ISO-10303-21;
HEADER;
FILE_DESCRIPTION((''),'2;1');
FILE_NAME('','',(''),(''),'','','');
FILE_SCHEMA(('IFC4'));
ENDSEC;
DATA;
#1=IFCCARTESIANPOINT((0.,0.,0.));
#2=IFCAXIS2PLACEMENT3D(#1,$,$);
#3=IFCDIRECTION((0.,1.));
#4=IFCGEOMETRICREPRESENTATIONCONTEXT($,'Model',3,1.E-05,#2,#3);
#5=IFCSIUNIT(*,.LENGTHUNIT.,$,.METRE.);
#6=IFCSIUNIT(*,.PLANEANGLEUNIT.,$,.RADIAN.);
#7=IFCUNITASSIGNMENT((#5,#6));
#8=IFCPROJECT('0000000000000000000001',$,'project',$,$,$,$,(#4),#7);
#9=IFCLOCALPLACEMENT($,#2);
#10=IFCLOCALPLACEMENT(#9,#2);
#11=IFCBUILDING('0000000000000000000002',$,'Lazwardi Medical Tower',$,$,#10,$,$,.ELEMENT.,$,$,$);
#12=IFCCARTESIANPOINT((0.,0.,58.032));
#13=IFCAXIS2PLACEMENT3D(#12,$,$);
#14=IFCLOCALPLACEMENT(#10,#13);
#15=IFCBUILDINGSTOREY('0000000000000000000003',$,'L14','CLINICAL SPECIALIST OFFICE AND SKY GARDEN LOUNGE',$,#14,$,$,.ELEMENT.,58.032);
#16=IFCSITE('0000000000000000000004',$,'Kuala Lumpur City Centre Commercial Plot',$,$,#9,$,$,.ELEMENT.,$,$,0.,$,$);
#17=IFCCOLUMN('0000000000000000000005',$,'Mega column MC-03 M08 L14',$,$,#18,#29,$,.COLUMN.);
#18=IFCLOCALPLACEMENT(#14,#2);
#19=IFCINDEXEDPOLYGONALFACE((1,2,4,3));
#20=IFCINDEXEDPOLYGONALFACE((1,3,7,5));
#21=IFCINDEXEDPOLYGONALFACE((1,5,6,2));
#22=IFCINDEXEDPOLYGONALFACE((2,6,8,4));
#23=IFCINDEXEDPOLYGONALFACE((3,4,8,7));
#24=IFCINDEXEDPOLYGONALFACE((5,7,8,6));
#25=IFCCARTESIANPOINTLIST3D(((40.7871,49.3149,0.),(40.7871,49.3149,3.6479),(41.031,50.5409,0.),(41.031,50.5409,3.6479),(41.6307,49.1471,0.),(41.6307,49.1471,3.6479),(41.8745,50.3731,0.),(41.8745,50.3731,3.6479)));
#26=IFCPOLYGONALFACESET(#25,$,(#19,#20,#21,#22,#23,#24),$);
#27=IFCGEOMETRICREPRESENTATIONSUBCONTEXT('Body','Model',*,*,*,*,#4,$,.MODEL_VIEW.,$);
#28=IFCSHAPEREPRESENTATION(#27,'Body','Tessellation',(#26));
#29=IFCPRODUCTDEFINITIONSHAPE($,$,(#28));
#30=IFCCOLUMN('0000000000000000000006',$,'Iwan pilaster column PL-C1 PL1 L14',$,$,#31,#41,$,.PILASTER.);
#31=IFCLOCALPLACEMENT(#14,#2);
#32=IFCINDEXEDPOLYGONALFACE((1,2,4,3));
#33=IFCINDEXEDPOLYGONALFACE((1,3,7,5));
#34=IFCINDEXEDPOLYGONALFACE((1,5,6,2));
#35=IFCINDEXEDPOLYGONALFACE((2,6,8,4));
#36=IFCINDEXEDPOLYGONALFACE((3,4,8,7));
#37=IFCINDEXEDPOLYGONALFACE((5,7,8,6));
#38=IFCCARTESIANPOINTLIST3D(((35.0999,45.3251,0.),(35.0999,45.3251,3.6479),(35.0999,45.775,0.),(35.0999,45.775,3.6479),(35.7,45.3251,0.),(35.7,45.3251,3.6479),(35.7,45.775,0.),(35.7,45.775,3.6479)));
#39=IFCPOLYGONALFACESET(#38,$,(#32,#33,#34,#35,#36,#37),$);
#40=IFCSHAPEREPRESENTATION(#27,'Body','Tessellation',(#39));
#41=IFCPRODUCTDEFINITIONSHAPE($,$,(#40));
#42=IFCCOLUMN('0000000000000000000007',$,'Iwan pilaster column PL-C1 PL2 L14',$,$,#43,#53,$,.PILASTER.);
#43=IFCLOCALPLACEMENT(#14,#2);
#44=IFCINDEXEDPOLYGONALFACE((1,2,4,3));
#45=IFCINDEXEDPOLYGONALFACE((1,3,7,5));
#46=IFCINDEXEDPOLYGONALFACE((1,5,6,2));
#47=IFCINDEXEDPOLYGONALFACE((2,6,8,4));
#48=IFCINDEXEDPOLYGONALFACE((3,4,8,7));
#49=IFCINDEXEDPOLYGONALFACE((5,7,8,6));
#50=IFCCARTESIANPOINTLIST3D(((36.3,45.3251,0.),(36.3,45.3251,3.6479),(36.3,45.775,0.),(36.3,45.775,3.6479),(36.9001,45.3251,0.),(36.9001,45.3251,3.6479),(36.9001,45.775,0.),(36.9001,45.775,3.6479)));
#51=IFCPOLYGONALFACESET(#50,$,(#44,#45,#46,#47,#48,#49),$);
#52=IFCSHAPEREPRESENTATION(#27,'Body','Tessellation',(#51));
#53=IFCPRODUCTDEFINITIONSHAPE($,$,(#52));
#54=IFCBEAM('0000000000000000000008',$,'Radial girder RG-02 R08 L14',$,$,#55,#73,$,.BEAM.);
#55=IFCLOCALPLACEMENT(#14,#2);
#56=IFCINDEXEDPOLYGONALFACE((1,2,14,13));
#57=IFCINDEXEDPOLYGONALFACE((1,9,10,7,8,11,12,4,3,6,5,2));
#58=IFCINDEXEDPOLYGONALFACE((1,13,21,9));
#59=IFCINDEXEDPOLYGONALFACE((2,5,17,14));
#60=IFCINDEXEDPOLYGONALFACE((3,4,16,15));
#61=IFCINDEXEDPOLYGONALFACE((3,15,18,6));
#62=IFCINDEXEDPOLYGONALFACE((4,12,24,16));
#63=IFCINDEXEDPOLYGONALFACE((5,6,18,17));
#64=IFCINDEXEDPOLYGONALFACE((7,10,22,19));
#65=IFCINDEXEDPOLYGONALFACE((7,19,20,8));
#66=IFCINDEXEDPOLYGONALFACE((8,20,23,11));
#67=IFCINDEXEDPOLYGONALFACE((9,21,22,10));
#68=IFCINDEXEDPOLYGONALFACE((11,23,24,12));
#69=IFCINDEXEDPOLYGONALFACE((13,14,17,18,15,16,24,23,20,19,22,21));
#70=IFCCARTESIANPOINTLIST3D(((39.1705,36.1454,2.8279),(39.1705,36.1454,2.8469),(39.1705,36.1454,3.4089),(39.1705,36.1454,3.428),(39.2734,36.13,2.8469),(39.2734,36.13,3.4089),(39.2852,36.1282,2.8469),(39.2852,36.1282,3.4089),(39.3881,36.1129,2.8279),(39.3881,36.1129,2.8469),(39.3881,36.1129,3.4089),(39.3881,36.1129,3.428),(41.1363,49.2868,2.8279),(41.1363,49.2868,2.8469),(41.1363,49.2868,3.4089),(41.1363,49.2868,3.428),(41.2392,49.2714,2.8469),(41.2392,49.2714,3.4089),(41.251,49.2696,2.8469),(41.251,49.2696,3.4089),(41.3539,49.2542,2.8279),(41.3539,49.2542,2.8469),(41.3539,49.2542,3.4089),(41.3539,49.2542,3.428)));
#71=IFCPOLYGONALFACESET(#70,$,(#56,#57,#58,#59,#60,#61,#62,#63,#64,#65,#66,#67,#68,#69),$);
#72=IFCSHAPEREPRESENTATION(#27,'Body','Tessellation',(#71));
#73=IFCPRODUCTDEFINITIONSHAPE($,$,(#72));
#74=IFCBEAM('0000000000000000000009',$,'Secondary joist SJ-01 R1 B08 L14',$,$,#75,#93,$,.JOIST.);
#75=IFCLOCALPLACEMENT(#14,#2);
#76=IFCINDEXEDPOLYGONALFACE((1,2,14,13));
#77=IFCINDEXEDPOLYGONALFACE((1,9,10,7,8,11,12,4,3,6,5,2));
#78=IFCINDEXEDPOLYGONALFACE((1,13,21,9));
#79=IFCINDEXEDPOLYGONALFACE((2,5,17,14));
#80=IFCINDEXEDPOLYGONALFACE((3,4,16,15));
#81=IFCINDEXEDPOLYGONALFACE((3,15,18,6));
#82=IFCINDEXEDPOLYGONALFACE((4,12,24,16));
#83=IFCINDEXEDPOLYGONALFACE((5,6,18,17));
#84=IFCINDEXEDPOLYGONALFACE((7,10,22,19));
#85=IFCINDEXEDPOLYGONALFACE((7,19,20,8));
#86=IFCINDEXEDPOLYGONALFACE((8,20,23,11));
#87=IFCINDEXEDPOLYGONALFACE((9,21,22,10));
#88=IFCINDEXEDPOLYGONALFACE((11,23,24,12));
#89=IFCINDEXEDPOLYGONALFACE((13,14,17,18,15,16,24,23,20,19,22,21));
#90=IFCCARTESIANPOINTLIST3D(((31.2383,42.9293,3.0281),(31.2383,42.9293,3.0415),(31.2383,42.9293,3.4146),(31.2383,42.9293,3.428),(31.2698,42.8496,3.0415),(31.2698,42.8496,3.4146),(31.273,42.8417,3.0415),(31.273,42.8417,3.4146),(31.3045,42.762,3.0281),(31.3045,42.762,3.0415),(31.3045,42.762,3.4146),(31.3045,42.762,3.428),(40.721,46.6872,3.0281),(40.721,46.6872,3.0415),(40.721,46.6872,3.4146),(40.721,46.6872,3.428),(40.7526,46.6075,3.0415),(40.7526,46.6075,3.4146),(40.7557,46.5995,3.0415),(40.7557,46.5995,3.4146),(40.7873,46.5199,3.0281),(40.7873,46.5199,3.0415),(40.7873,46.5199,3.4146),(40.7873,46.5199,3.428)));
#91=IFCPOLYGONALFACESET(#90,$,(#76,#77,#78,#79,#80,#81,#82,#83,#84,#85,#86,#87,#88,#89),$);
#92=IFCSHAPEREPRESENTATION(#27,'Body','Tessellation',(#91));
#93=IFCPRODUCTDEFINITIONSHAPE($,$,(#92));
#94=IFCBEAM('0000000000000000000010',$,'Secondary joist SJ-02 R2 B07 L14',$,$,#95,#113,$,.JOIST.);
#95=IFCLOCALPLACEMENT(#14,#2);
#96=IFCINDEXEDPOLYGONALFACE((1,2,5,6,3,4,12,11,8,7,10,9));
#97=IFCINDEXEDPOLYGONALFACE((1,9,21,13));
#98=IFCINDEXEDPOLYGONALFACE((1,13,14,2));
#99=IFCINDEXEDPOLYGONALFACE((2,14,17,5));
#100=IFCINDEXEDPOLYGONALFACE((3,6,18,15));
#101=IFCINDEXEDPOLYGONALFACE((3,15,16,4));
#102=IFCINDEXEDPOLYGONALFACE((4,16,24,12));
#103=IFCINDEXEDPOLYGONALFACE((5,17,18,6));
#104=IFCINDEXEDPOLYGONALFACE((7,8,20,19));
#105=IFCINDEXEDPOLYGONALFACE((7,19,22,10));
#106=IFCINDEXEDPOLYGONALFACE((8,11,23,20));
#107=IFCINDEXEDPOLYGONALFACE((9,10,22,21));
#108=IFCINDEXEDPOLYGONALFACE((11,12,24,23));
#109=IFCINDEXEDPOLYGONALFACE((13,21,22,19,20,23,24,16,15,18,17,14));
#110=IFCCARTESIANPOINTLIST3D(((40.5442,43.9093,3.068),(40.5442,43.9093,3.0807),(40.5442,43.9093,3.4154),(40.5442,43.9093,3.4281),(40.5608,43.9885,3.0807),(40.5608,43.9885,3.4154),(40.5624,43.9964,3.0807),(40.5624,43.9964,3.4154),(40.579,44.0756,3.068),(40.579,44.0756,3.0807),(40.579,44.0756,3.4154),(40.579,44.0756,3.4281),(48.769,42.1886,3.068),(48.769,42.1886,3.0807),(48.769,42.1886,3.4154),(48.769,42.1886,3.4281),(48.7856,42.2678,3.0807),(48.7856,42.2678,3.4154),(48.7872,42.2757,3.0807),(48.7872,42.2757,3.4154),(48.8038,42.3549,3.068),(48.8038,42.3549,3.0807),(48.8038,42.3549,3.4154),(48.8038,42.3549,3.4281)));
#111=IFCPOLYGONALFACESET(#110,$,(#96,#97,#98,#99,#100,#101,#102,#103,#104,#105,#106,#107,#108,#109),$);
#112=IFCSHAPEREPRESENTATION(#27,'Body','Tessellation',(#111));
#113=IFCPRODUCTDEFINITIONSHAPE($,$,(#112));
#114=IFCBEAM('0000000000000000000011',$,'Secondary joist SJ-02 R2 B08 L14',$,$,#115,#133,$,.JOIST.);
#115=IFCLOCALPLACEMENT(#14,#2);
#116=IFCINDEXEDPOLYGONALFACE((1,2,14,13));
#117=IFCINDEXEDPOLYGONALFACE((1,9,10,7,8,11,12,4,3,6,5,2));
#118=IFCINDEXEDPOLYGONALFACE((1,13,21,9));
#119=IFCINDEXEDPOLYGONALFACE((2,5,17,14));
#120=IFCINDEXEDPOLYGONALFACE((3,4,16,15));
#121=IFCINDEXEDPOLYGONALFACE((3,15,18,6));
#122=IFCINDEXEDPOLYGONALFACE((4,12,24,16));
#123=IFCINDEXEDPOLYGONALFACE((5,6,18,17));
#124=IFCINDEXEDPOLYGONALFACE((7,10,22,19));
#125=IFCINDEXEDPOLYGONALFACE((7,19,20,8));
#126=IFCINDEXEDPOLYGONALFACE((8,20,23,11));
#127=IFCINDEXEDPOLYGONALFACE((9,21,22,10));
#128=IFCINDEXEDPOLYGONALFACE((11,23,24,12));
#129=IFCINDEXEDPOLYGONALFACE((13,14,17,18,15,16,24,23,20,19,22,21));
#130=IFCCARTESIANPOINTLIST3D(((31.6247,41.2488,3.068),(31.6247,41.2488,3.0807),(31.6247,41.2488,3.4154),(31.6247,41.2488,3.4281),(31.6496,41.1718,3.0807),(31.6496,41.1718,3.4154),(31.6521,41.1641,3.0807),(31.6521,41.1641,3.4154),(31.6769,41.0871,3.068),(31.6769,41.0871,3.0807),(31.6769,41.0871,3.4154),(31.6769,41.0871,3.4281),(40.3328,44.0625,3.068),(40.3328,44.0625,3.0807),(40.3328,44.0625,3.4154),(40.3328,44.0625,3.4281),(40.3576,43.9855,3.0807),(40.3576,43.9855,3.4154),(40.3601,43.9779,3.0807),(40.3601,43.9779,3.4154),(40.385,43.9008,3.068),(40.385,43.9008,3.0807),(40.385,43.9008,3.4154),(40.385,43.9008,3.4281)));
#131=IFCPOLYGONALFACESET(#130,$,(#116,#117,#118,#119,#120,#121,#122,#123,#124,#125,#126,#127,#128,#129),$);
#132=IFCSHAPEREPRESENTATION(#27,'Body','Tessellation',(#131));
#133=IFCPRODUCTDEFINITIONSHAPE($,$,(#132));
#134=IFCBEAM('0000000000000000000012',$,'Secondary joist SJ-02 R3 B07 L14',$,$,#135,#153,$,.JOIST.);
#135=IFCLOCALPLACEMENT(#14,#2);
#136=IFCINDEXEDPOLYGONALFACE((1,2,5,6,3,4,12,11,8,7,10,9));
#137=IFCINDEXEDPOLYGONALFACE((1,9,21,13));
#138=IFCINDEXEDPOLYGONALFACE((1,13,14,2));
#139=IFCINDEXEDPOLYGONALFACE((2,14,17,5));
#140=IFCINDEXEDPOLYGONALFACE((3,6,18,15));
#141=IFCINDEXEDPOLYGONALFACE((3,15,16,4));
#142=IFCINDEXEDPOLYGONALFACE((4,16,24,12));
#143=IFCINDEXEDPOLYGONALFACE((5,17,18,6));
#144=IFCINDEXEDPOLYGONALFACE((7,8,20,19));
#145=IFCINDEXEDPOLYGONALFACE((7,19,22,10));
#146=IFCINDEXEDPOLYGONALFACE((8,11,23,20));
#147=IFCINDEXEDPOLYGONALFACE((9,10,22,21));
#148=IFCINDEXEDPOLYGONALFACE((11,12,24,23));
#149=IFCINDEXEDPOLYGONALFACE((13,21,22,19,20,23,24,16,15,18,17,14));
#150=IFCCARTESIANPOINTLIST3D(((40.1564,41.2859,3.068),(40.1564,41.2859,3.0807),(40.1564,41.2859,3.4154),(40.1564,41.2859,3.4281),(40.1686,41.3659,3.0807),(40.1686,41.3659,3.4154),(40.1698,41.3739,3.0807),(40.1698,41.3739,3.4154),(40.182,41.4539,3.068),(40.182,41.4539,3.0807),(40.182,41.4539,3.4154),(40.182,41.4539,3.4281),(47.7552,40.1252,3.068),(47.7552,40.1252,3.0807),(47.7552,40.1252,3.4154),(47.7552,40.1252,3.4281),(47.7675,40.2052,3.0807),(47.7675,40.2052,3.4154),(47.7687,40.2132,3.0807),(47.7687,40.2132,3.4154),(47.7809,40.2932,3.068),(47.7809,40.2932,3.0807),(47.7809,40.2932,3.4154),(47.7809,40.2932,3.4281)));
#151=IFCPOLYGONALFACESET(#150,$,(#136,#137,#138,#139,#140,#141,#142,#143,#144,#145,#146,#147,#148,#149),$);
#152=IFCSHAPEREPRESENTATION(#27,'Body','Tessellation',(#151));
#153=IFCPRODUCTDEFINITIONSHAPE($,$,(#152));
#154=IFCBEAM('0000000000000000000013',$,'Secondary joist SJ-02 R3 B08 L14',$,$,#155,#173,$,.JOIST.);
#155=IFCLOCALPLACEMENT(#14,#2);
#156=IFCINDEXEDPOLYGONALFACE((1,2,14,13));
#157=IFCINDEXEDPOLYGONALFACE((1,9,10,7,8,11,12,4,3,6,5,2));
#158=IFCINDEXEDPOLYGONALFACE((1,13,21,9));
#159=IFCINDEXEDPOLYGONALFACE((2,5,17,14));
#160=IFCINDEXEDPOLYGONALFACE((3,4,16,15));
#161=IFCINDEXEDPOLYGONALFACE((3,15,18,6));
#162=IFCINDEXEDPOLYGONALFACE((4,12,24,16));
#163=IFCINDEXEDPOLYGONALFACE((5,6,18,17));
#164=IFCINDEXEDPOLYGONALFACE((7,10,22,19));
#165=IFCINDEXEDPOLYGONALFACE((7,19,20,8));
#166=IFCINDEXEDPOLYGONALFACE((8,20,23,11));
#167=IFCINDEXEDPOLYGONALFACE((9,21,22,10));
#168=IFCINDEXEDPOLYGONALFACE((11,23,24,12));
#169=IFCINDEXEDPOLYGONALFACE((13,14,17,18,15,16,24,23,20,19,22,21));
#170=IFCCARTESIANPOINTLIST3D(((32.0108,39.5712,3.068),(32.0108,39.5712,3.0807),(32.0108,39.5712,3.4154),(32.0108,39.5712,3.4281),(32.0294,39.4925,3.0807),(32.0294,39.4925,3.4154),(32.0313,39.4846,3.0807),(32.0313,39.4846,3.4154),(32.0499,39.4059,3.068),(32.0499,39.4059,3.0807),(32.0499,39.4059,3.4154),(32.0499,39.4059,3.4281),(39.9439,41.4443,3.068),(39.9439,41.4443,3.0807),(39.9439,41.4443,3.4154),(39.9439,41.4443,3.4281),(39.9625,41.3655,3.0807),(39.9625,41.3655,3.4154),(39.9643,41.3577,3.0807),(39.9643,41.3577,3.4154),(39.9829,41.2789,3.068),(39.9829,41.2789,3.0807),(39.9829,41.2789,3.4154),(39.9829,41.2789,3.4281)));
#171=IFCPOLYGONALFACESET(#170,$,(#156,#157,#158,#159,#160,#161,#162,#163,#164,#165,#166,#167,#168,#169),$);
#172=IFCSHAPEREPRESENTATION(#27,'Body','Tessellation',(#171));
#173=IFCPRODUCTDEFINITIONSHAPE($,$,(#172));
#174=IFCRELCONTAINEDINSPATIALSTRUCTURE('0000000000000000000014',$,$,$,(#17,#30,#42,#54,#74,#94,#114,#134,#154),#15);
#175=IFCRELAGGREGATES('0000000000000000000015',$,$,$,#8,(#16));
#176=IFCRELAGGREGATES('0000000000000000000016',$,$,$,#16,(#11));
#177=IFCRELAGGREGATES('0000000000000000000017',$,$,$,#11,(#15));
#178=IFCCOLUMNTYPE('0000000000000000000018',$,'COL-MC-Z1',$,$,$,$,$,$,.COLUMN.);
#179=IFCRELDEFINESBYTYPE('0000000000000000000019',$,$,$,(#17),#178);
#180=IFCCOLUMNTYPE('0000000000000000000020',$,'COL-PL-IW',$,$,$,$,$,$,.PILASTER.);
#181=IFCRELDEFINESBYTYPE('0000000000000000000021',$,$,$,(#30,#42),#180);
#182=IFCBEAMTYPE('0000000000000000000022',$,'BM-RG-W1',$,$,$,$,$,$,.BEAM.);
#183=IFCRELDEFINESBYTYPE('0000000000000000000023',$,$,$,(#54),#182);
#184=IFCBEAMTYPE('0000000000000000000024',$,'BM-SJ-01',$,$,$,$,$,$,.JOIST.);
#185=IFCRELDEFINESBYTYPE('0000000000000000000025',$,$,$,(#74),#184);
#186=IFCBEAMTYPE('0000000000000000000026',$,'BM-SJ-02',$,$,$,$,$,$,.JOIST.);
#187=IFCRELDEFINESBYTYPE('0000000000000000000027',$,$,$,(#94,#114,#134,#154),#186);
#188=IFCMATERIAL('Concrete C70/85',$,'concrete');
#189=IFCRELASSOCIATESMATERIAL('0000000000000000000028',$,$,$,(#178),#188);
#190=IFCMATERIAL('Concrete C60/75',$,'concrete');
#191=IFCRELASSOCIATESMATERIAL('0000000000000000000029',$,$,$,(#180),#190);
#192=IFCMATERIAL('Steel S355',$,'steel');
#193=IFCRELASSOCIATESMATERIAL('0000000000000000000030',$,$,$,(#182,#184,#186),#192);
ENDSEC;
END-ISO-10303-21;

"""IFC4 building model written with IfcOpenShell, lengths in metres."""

from ifc_helpers import new_model, si_unit, direction, frame, origin, origin_2d, place, context, subcontext, project, spatial, rectangle, i_section, extrude, material, material_profile, profile_set, type_object, element, save


model = new_model("IFC4")

# Units and contexts
model_context = context("Model", 3, precision=1e-05, world=origin(), true_north=direction((0.0, 1.0)))
body_context = subcontext(model_context, "Body", "Model", "MODEL_VIEW")
ifc_project = project(units=[si_unit("LENGTHUNIT", "METRE"), si_unit("PLANEANGLEUNIT", "RADIAN")], contexts=[model_context])

# Site, building, storey
site_placement = place(None, origin())
site = spatial("IfcSite", under=ifc_project, at=site_placement, Name="Kuala Lumpur City Centre Commercial Plot", CompositionType="ELEMENT", RefElevation=0.0)
building_placement = place(site_placement, origin())
building = spatial("IfcBuilding", under=site, at=building_placement, Name="Lazwardi Medical Tower", CompositionType="ELEMENT")
storey_placement = place(building_placement, frame((0.0, 0.0, 58.032)))
storey = spatial("IfcBuildingStorey", under=building, at=storey_placement, Name="L14", Description="CLINICAL SPECIALIST OFFICE AND SKY GARDEN LOUNGE", CompositionType="ELEMENT", Elevation=58.032)

# Columns
ifc_material_1 = material(Name="Concrete C70/85", Category="concrete")
ifc_material_profile_1 = material_profile(ifc_material_1, rectangle(XDim=1.25, YDim=0.8601, at=origin_2d()), Name="CFT-RECT 1250x860")
ifc_profile_set_1 = profile_set([ifc_material_profile_1], Name="Concrete C70/85")
column_type_1 = type_object("IfcColumnType", Name="COL-MC-Z1", PredefinedType="COLUMN", material=ifc_profile_set_1)
column_placement = place(storey_placement, frame((41.3308, 49.844, 0.0), z_axis=(0.0, 0.0, 1.0), x_axis=(0.19509, 0.980785, 0.0)))
element("IfcColumn", 1, at=column_placement, inside=storey, type_object=column_type_1, Name="Mega column MC-03 M08 L14", PredefinedType="COLUMN", context=body_context, shape_type="SweptSolid", body=[
    extrude(rectangle(XDim=1.25, YDim=0.8601, at=origin_2d()), origin(), (0.0, 0.0, 1.0), 3.6479),
])
ifc_material_2 = material(Name="Concrete C60/75", Category="concrete")
ifc_material_profile_2 = material_profile(ifc_material_2, rectangle(XDim=0.6001, YDim=0.45, at=origin_2d()), Name="RC 600x450")
ifc_profile_set_2 = profile_set([ifc_material_profile_2], Name="Concrete C60/75")
column_type_2 = type_object("IfcColumnType", Name="COL-PL-IW", PredefinedType="PILASTER", material=ifc_profile_set_2)
for number, where, z_axis, x_axis, name in (
    (2, (35.3999, 45.55, 0.0), (0.0, 0.0, 1.0), (1.0, 0.0, 0.0), "Iwan pilaster column PL-C1 PL1 L14"),
    (3, (36.6001, 45.55, 0.0), (0.0, 0.0, 1.0), (1.0, 0.0, 0.0), "Iwan pilaster column PL-C1 PL2 L14"),
):
    element("IfcColumn", number, at=place(storey_placement, frame(where, z_axis=z_axis, x_axis=x_axis)), inside=storey, type_object=column_type_2, Name=name, PredefinedType="PILASTER", context=body_context, shape_type="SweptSolid", body=[
        extrude(rectangle(XDim=0.6001, YDim=0.45, at=origin_2d()), origin(), (0.0, 0.0, 1.0), 3.6479),
    ])

# Beams
ifc_material_3 = material(Name="Steel S355", Category="steel")
ifc_material_profile_3 = material_profile(ifc_material_3, i_section(OverallWidth=0.22, OverallDepth=0.6001, WebThickness=0.012, FlangeThickness=0.019, at=origin_2d()), Name="IPE 600")
ifc_profile_set_3 = profile_set([ifc_material_profile_3], Name="Steel S355")
beam_type_1 = type_object("IfcBeamType", Name="BM-RG-W1", PredefinedType="BEAM", material=ifc_profile_set_3)
beam_1_placement = place(storey_placement, frame((41.2451, 49.2705, 3.1279), z_axis=(-0.147944, -0.988996, 0.0), x_axis=(0.988996, -0.147944, 0.0)))
element("IfcBeam", 4, at=beam_1_placement, inside=storey, type_object=beam_type_1, Name="Radial girder RG-02 R08 L14", PredefinedType="BEAM", context=body_context, shape_type="SweptSolid", body=[
    extrude(i_section(OverallWidth=0.22, OverallDepth=0.6001, WebThickness=0.012, FlangeThickness=0.019, at=origin_2d()), origin(), (0.0, 0.0, 1.0), 13.2876),
])
ifc_material_profile_4 = material_profile(ifc_material_3, i_section(OverallWidth=0.1799, OverallDepth=0.3999, WebThickness=0.0085, FlangeThickness=0.0134, at=origin_2d()), Name="IPE 400")
ifc_profile_set_4 = profile_set([ifc_material_profile_4], Name="Steel S355")
beam_type_2 = type_object("IfcBeamType", Name="BM-SJ-01", PredefinedType="JOIST", material=ifc_profile_set_4)
beam_2_placement = place(storey_placement, frame((40.7542, 46.6035, 3.228), z_axis=(-0.929664, -0.368409, 0.0), x_axis=(0.368409, -0.929664, 0.0)))
element("IfcBeam", 5, at=beam_2_placement, inside=storey, type_object=beam_type_2, Name="Secondary joist SJ-01 R1 B08 L14", PredefinedType="JOIST", context=body_context, shape_type="SweptSolid", body=[
    extrude(i_section(OverallWidth=0.1799, OverallDepth=0.3999, WebThickness=0.0085, FlangeThickness=0.0134, at=origin_2d()), origin(), (0.0, 0.0, 1.0), 10.2002),
])
ifc_material_profile_5 = material_profile(ifc_material_3, i_section(OverallWidth=0.1699, OverallDepth=0.3601, WebThickness=0.0081, FlangeThickness=0.0127, at=origin_2d()), Name="IPE 360")
ifc_profile_set_5 = profile_set([ifc_material_profile_5], Name="Steel S355")
beam_type_3 = type_object("IfcBeamType", Name="BM-SJ-02", PredefinedType="JOIST", material=ifc_profile_set_5)
beam_3_placement = place(storey_placement, frame((48.7864, 42.2717, 3.248), z_axis=(-0.978809, 0.204774, 0.0), x_axis=(-0.204774, -0.978809, 0.0)))
element("IfcBeam", 6, at=beam_3_placement, inside=storey, type_object=beam_type_3, Name="Secondary joist SJ-02 R2 B07 L14", PredefinedType="JOIST", context=body_context, shape_type="SweptSolid", body=[
    extrude(i_section(OverallWidth=0.1699, OverallDepth=0.3601, WebThickness=0.0081, FlangeThickness=0.0127, at=origin_2d()), origin(), (0.0, 0.0, 1.0), 8.4028),
])
beam_4_placement = place(storey_placement, frame((40.3589, 43.9817, 3.248), z_axis=(-0.951559, -0.307467, 0.0), x_axis=(0.307467, -0.951559, 0.0)))
element("IfcBeam", 7, at=beam_4_placement, inside=storey, type_object=beam_type_3, Name="Secondary joist SJ-02 R2 B08 L14", PredefinedType="JOIST", context=body_context, shape_type="SweptSolid", body=[
    extrude(i_section(OverallWidth=0.1699, OverallDepth=0.3601, WebThickness=0.0081, FlangeThickness=0.0127, at=origin_2d()), origin(), (0.0, 0.0, 1.0), 9.1514),
])
beam_5_placement = place(storey_placement, frame((47.7681, 40.2092, 3.248), z_axis=(-0.988536, 0.150988, 0.0), x_axis=(-0.150988, -0.988536, 0.0)))
element("IfcBeam", 8, at=beam_5_placement, inside=storey, type_object=beam_type_3, Name="Secondary joist SJ-02 R3 B07 L14", PredefinedType="JOIST", context=body_context, shape_type="SweptSolid", body=[
    extrude(i_section(OverallWidth=0.1699, OverallDepth=0.3601, WebThickness=0.0081, FlangeThickness=0.0127, at=origin_2d()), origin(), (0.0, 0.0, 1.0), 7.687),
])
beam_6_placement = place(storey_placement, frame((39.9634, 41.3616, 3.248), z_axis=(-0.973241, -0.229787, 0.0), x_axis=(0.229787, -0.973241, 0.0)))
element("IfcBeam", 9, at=beam_6_placement, inside=storey, type_object=beam_type_3, Name="Secondary joist SJ-02 R3 B08 L14", PredefinedType="JOIST", context=body_context, shape_type="SweptSolid", body=[
    extrude(i_section(OverallWidth=0.1699, OverallDepth=0.3601, WebThickness=0.0081, FlangeThickness=0.0127, at=origin_2d()), origin(), (0.0, 0.0, 1.0), 8.1511),
])

save(model, "model.ifc")
